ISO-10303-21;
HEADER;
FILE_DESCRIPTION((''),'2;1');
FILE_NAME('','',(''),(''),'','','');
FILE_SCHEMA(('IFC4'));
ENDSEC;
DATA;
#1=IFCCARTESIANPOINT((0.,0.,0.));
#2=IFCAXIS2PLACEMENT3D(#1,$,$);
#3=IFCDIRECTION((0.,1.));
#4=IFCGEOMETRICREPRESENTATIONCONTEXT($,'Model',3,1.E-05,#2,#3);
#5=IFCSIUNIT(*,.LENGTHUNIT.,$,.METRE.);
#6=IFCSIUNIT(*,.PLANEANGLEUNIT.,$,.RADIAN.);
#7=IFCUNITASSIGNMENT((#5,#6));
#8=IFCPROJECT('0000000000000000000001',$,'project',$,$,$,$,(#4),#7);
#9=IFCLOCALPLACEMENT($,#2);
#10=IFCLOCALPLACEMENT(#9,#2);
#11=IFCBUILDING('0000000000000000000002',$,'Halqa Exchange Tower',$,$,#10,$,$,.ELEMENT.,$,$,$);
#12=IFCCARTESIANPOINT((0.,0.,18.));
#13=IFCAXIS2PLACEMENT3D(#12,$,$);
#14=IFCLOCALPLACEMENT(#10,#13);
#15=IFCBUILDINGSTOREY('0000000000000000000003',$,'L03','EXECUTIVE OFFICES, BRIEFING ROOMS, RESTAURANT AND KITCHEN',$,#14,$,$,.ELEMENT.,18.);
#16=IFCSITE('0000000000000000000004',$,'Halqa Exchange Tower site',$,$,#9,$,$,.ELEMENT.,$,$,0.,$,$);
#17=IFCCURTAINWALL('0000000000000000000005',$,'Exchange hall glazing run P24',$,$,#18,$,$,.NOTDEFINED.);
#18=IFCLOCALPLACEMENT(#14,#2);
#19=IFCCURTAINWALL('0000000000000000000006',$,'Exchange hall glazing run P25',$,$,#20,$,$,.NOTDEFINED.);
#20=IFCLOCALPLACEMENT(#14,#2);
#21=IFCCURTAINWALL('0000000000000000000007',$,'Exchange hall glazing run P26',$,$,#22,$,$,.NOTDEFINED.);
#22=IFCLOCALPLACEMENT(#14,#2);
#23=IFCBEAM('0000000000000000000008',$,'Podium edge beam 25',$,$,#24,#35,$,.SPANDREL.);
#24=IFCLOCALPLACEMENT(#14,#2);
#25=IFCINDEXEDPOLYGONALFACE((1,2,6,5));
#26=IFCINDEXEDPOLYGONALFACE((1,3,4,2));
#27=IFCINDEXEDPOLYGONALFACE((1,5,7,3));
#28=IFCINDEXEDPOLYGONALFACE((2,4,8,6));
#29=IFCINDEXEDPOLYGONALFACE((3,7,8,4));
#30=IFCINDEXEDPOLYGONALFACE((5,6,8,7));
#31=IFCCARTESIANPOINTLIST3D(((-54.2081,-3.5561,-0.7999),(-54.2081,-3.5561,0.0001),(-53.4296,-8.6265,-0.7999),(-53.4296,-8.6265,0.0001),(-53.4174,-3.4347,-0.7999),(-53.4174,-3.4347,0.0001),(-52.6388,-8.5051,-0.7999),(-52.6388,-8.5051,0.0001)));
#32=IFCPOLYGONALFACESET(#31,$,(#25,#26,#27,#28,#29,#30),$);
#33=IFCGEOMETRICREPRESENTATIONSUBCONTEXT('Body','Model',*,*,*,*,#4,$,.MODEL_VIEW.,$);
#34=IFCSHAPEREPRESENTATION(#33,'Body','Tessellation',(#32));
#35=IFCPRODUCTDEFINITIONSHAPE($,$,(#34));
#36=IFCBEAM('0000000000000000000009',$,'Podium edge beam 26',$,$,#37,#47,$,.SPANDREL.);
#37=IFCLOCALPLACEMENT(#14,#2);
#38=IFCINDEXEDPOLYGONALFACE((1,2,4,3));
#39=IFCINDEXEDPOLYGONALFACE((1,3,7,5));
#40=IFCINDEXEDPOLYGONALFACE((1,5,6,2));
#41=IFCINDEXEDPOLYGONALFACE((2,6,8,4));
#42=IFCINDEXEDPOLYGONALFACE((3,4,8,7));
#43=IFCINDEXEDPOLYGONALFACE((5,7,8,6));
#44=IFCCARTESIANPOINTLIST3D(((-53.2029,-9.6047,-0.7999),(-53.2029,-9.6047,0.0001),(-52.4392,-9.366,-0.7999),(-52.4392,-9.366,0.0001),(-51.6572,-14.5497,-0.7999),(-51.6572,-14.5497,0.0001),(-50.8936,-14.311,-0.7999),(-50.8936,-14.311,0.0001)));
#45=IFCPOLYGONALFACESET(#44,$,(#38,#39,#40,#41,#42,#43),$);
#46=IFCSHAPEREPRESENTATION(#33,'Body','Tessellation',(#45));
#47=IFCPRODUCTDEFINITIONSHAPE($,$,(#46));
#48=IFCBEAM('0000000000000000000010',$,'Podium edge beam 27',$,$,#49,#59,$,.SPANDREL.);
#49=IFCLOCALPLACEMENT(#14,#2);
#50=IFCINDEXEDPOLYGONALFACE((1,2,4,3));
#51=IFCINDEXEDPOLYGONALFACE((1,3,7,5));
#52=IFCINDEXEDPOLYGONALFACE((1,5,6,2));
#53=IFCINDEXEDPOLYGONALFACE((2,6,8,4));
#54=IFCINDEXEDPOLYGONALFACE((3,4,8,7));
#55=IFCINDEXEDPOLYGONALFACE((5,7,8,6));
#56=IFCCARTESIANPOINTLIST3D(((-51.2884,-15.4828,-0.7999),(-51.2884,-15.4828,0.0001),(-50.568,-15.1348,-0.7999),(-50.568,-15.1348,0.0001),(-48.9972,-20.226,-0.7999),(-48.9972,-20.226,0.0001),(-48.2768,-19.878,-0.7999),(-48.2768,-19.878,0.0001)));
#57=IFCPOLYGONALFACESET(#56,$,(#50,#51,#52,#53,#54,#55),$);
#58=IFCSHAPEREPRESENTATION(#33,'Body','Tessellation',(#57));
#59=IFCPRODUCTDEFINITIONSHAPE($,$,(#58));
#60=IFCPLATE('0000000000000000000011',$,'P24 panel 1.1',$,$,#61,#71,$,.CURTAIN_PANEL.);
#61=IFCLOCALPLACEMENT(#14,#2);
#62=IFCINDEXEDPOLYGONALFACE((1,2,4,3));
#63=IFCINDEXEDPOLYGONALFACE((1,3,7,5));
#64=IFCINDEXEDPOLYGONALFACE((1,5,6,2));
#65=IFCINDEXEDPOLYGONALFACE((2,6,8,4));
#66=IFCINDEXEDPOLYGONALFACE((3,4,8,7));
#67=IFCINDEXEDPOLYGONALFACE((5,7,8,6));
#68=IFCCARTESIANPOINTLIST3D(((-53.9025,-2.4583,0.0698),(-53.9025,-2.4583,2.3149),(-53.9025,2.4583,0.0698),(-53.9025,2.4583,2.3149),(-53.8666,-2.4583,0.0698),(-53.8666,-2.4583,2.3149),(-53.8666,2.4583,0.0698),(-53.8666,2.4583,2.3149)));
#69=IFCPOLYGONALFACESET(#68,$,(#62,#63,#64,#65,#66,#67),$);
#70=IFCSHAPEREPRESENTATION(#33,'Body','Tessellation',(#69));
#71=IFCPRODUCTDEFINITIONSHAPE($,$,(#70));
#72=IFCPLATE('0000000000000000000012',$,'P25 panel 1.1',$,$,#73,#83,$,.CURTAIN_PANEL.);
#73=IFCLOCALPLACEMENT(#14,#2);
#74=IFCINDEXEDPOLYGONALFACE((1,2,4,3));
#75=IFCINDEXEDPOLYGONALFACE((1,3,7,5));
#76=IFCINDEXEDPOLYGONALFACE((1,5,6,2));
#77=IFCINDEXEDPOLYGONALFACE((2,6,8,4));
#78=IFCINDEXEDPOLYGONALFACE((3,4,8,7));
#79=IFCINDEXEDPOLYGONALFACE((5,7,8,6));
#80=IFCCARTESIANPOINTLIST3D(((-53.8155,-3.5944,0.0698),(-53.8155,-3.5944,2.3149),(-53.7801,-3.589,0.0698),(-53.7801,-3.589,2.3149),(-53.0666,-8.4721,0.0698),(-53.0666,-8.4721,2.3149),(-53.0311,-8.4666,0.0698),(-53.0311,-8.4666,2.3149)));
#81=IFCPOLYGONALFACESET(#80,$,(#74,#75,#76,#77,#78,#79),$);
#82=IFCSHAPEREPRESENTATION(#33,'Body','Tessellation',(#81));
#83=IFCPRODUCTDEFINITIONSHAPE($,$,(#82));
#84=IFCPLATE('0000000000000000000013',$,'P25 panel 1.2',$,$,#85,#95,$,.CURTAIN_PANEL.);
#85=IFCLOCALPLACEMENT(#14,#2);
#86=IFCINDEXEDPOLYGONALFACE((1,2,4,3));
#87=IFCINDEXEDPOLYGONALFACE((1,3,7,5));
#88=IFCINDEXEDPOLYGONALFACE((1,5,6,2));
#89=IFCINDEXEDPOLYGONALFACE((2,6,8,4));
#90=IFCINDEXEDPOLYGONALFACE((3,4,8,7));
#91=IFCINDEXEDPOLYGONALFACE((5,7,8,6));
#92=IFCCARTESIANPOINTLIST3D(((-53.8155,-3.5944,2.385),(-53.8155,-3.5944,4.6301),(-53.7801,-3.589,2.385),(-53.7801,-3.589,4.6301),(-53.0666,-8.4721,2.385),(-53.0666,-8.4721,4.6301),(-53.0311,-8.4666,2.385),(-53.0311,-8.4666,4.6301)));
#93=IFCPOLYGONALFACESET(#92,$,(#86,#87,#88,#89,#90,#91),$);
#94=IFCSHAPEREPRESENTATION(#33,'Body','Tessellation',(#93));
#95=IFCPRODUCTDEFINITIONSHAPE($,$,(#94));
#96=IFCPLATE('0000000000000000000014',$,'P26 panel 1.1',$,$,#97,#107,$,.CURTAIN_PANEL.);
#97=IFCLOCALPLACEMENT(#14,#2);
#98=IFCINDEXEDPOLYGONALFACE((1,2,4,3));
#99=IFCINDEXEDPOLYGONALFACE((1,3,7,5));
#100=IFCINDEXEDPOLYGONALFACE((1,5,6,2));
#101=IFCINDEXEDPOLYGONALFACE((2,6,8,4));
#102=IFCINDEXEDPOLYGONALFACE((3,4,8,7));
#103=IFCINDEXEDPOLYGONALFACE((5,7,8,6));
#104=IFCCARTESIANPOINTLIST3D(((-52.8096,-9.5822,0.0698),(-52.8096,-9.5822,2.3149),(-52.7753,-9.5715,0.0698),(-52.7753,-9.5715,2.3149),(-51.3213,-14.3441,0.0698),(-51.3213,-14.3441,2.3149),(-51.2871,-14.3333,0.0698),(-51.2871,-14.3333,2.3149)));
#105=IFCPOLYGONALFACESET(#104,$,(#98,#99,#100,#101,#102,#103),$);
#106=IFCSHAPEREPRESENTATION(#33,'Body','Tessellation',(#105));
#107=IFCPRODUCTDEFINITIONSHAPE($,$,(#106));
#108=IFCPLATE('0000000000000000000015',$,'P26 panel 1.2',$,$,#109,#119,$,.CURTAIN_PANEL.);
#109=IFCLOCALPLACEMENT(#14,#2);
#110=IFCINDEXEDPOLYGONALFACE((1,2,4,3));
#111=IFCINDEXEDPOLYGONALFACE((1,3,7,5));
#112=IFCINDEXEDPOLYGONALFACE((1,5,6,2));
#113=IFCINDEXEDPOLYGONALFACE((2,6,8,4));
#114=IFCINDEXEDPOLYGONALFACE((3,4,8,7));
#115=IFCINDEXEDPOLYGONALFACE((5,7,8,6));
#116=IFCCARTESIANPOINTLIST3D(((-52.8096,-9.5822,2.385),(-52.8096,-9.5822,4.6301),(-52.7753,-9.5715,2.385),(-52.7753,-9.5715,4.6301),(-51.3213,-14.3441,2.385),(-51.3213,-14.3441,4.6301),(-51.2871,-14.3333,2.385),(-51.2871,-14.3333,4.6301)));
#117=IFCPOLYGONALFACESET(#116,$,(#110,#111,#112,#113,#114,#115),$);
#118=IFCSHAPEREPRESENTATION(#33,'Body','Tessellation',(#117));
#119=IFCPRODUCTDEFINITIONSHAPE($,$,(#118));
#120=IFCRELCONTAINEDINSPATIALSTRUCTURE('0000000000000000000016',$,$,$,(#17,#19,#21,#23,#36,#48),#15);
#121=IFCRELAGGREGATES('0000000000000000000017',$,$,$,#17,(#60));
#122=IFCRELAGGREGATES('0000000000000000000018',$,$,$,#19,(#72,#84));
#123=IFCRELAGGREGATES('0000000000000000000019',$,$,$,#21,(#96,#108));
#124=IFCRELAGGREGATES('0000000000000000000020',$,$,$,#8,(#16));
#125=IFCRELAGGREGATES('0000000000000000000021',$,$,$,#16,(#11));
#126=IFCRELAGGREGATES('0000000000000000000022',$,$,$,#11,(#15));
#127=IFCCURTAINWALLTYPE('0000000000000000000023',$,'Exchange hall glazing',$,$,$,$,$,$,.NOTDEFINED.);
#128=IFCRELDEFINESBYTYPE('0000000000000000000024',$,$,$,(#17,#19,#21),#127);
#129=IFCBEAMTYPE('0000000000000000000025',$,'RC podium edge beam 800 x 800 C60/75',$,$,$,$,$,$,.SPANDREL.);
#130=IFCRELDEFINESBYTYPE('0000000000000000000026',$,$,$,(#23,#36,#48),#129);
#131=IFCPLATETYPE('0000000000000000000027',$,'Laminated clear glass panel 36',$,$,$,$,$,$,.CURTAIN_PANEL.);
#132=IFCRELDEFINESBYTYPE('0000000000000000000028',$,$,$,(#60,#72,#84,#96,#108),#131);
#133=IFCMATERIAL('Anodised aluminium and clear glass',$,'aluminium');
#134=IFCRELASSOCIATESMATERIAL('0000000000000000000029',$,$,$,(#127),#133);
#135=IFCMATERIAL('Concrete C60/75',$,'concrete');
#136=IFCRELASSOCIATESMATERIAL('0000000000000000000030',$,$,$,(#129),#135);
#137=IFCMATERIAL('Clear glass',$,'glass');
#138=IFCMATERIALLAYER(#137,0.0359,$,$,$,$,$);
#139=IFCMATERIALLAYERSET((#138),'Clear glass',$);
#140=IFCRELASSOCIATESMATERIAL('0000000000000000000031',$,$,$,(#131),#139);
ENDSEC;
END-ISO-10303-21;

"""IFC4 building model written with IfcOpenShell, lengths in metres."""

from ifc_helpers import new_model, si_unit, direction, frame, origin, origin_2d, place, context, subcontext, project, spatial, rectangle, extrude, material, layer, layer_set, material_profile, profile_set, type_object, element, aggregate, save


model = new_model("IFC4")

# Units and contexts
model_context = context("Model", 3, precision=1e-05, world=origin(), true_north=direction((0.0, 1.0)))
body_context = subcontext(model_context, "Body", "Model", "MODEL_VIEW")
ifc_project = project(units=[si_unit("LENGTHUNIT", "METRE"), si_unit("PLANEANGLEUNIT", "RADIAN")], contexts=[model_context])

# Site, building, storey
site_placement = place(None, origin())
site = spatial("IfcSite", under=ifc_project, at=site_placement, Name="Halqa Exchange Tower site", CompositionType="ELEMENT", RefElevation=0.0)
building_placement = place(site_placement, origin())
building = spatial("IfcBuilding", under=site, at=building_placement, Name="Halqa Exchange Tower", CompositionType="ELEMENT")
storey_placement = place(building_placement, frame((0.0, 0.0, 18.0)))
storey = spatial("IfcBuildingStorey", under=building, at=storey_placement, Name="L03", Description="EXECUTIVE OFFICES, BRIEFING ROOMS, RESTAURANT AND KITCHEN", CompositionType="ELEMENT", Elevation=18.0)

# Shared definitions
ifc_material_1 = material(Name="Concrete C60/75", Category="concrete")

# Curtain wall
ifc_material_2 = material(Name="Anodised aluminium and clear glass", Category="aluminium")
curtain_wall_type = type_object("IfcCurtainWallType", Name="Exchange hall glazing", PredefinedType="NOTDEFINED", material=ifc_material_2)
curtain_wall_1_placement = place(storey_placement, origin())
curtain_wall_1 = element("IfcCurtainWall", 1, at=curtain_wall_1_placement, inside=storey, type_object=curtain_wall_type, Name="Exchange hall glazing run P24", PredefinedType="NOTDEFINED")

# Curtain walls
curtain_wall_2_placement = place(storey_placement, origin())
curtain_wall_2 = element("IfcCurtainWall", 2, at=curtain_wall_2_placement, inside=storey, type_object=curtain_wall_type, Name="Exchange hall glazing run P25", PredefinedType="NOTDEFINED")
curtain_wall_3_placement = place(storey_placement, origin())
curtain_wall_3 = element("IfcCurtainWall", 3, at=curtain_wall_3_placement, inside=storey, type_object=curtain_wall_type, Name="Exchange hall glazing run P26", PredefinedType="NOTDEFINED")

# Beams
ifc_material_profile_1 = material_profile(ifc_material_1, rectangle(XDim=0.8, YDim=0.8, at=origin_2d()), Name="800 x 800")
ifc_profile_set_1 = profile_set([ifc_material_profile_1], Name="Concrete C60/75")
beam_type = type_object("IfcBeamType", Name="RC podium edge beam 800 x 800 C60/75", PredefinedType="SPANDREL", material=ifc_profile_set_1)
beam_1_placement = place(storey_placement, frame((-53.8127, -3.4954, -0.3999), z_axis=(0.151768, -0.988416, 0.0), x_axis=(0.988416, 0.151768, 0.0)))
element("IfcBeam", 4, at=beam_1_placement, inside=storey, type_object=beam_type, Name="Podium edge beam 25", PredefinedType="SPANDREL", context=body_context, shape_type="SweptSolid", body=[
    extrude(rectangle(XDim=0.8, YDim=0.8, at=origin_2d()), origin(), (0.0, 0.0, 1.0), 5.1299),
])
beam_2_placement = place(storey_placement, frame((-52.821, -9.4854, -0.3999), z_axis=(0.298331, -0.954462, 0.0), x_axis=(0.954462, 0.298331, 0.0)))
element("IfcBeam", 5, at=beam_2_placement, inside=storey, type_object=beam_type, Name="Podium edge beam 26", PredefinedType="SPANDREL", context=body_context, shape_type="SweptSolid", body=[
    extrude(rectangle(XDim=0.8, YDim=0.8, at=origin_2d()), origin(), (0.0, 0.0, 1.0), 5.1809),
])
beam_3_placement = place(storey_placement, frame((-50.9282, -15.3088, -0.3999), z_axis=(0.434973, -0.900443, 0.0), x_axis=(0.900443, 0.434973, 0.0)))
element("IfcBeam", 6, at=beam_3_placement, inside=storey, type_object=beam_type, Name="Podium edge beam 27", PredefinedType="SPANDREL", context=body_context, shape_type="SweptSolid", body=[
    extrude(rectangle(XDim=0.8, YDim=0.8, at=origin_2d()), origin(), (0.0, 0.0, 1.0), 5.2676),
])

# Plates
ifc_material_3 = material(Name="Clear glass", Category="glass")
ifc_layer = layer(ifc_material_3, 0.0359)
ifc_layer_set = layer_set([ifc_layer], Name="Clear glass")
plate_type = type_object("IfcPlateType", Name="Laminated clear glass panel 36", PredefinedType="CURTAIN_PANEL", material=ifc_layer_set)
plate_1_placement = place(storey_placement, frame((-53.8845, 0.0, 0.0698), z_axis=(0.0, 0.0, 1.0), x_axis=(0.0, -1.0, 0.0)))
plate_1 = element("IfcPlate", 7, at=plate_1_placement, type_object=plate_type, Name="P24 panel 1.1", PredefinedType="CURTAIN_PANEL", context=body_context, shape_type="SweptSolid", body=[
    extrude(rectangle(XDim=4.9165, YDim=0.0359, at=origin_2d()), origin(), (0.0, 0.0, 1.0), 2.2451),
])
aggregate(curtain_wall_1, [plate_1])
plate_2_placement = place(storey_placement, frame((-53.4233, -6.0305, 0.0698), z_axis=(0.0, 0.0, 1.0), x_axis=(0.151767, -0.988416, 0.0)))
plate_2 = element("IfcPlate", 8, at=plate_2_placement, type_object=plate_type, Name="P25 panel 1.1", PredefinedType="CURTAIN_PANEL", context=body_context, shape_type="SweptSolid", body=[
    extrude(rectangle(XDim=4.9348, YDim=0.0359, at=origin_2d()), origin(), (0.0, 0.0, 1.0), 2.2451),
])
plate_3_placement = place(storey_placement, frame((-53.4233, -6.0305, 2.385), z_axis=(0.0, 0.0, 1.0), x_axis=(0.151767, -0.988416, 0.0)))
plate_3 = element("IfcPlate", 9, at=plate_3_placement, type_object=plate_type, Name="P25 panel 1.2", PredefinedType="CURTAIN_PANEL", context=body_context, shape_type="SweptSolid", body=[
    extrude(rectangle(XDim=4.9348, YDim=0.0359, at=origin_2d()), origin(), (0.0, 0.0, 1.0), 2.2451),
])
aggregate(curtain_wall_2, [plate_2, plate_3])
plate_4_placement = place(storey_placement, frame((-52.0483, -11.9578, 0.0698), z_axis=(0.0, 0.0, 1.0), x_axis=(0.298303, -0.954471, 0.0)))
plate_4 = element("IfcPlate", 10, at=plate_4_placement, type_object=plate_type, Name="P26 panel 1.1", PredefinedType="CURTAIN_PANEL", context=body_context, shape_type="SweptSolid", body=[
    extrude(rectangle(XDim=4.989, YDim=0.0359, at=origin_2d()), origin(), (0.0, 0.0, 1.0), 2.2451),
])
plate_5_placement = place(storey_placement, frame((-52.0483, -11.9578, 2.385), z_axis=(0.0, 0.0, 1.0), x_axis=(0.298303, -0.954471, 0.0)))
plate_5 = element("IfcPlate", 11, at=plate_5_placement, type_object=plate_type, Name="P26 panel 1.2", PredefinedType="CURTAIN_PANEL", context=body_context, shape_type="SweptSolid", body=[
    extrude(rectangle(XDim=4.989, YDim=0.0359, at=origin_2d()), origin(), (0.0, 0.0, 1.0), 2.2451),
])
aggregate(curtain_wall_3, [plate_4, plate_5])

save(model, "model.ifc")
